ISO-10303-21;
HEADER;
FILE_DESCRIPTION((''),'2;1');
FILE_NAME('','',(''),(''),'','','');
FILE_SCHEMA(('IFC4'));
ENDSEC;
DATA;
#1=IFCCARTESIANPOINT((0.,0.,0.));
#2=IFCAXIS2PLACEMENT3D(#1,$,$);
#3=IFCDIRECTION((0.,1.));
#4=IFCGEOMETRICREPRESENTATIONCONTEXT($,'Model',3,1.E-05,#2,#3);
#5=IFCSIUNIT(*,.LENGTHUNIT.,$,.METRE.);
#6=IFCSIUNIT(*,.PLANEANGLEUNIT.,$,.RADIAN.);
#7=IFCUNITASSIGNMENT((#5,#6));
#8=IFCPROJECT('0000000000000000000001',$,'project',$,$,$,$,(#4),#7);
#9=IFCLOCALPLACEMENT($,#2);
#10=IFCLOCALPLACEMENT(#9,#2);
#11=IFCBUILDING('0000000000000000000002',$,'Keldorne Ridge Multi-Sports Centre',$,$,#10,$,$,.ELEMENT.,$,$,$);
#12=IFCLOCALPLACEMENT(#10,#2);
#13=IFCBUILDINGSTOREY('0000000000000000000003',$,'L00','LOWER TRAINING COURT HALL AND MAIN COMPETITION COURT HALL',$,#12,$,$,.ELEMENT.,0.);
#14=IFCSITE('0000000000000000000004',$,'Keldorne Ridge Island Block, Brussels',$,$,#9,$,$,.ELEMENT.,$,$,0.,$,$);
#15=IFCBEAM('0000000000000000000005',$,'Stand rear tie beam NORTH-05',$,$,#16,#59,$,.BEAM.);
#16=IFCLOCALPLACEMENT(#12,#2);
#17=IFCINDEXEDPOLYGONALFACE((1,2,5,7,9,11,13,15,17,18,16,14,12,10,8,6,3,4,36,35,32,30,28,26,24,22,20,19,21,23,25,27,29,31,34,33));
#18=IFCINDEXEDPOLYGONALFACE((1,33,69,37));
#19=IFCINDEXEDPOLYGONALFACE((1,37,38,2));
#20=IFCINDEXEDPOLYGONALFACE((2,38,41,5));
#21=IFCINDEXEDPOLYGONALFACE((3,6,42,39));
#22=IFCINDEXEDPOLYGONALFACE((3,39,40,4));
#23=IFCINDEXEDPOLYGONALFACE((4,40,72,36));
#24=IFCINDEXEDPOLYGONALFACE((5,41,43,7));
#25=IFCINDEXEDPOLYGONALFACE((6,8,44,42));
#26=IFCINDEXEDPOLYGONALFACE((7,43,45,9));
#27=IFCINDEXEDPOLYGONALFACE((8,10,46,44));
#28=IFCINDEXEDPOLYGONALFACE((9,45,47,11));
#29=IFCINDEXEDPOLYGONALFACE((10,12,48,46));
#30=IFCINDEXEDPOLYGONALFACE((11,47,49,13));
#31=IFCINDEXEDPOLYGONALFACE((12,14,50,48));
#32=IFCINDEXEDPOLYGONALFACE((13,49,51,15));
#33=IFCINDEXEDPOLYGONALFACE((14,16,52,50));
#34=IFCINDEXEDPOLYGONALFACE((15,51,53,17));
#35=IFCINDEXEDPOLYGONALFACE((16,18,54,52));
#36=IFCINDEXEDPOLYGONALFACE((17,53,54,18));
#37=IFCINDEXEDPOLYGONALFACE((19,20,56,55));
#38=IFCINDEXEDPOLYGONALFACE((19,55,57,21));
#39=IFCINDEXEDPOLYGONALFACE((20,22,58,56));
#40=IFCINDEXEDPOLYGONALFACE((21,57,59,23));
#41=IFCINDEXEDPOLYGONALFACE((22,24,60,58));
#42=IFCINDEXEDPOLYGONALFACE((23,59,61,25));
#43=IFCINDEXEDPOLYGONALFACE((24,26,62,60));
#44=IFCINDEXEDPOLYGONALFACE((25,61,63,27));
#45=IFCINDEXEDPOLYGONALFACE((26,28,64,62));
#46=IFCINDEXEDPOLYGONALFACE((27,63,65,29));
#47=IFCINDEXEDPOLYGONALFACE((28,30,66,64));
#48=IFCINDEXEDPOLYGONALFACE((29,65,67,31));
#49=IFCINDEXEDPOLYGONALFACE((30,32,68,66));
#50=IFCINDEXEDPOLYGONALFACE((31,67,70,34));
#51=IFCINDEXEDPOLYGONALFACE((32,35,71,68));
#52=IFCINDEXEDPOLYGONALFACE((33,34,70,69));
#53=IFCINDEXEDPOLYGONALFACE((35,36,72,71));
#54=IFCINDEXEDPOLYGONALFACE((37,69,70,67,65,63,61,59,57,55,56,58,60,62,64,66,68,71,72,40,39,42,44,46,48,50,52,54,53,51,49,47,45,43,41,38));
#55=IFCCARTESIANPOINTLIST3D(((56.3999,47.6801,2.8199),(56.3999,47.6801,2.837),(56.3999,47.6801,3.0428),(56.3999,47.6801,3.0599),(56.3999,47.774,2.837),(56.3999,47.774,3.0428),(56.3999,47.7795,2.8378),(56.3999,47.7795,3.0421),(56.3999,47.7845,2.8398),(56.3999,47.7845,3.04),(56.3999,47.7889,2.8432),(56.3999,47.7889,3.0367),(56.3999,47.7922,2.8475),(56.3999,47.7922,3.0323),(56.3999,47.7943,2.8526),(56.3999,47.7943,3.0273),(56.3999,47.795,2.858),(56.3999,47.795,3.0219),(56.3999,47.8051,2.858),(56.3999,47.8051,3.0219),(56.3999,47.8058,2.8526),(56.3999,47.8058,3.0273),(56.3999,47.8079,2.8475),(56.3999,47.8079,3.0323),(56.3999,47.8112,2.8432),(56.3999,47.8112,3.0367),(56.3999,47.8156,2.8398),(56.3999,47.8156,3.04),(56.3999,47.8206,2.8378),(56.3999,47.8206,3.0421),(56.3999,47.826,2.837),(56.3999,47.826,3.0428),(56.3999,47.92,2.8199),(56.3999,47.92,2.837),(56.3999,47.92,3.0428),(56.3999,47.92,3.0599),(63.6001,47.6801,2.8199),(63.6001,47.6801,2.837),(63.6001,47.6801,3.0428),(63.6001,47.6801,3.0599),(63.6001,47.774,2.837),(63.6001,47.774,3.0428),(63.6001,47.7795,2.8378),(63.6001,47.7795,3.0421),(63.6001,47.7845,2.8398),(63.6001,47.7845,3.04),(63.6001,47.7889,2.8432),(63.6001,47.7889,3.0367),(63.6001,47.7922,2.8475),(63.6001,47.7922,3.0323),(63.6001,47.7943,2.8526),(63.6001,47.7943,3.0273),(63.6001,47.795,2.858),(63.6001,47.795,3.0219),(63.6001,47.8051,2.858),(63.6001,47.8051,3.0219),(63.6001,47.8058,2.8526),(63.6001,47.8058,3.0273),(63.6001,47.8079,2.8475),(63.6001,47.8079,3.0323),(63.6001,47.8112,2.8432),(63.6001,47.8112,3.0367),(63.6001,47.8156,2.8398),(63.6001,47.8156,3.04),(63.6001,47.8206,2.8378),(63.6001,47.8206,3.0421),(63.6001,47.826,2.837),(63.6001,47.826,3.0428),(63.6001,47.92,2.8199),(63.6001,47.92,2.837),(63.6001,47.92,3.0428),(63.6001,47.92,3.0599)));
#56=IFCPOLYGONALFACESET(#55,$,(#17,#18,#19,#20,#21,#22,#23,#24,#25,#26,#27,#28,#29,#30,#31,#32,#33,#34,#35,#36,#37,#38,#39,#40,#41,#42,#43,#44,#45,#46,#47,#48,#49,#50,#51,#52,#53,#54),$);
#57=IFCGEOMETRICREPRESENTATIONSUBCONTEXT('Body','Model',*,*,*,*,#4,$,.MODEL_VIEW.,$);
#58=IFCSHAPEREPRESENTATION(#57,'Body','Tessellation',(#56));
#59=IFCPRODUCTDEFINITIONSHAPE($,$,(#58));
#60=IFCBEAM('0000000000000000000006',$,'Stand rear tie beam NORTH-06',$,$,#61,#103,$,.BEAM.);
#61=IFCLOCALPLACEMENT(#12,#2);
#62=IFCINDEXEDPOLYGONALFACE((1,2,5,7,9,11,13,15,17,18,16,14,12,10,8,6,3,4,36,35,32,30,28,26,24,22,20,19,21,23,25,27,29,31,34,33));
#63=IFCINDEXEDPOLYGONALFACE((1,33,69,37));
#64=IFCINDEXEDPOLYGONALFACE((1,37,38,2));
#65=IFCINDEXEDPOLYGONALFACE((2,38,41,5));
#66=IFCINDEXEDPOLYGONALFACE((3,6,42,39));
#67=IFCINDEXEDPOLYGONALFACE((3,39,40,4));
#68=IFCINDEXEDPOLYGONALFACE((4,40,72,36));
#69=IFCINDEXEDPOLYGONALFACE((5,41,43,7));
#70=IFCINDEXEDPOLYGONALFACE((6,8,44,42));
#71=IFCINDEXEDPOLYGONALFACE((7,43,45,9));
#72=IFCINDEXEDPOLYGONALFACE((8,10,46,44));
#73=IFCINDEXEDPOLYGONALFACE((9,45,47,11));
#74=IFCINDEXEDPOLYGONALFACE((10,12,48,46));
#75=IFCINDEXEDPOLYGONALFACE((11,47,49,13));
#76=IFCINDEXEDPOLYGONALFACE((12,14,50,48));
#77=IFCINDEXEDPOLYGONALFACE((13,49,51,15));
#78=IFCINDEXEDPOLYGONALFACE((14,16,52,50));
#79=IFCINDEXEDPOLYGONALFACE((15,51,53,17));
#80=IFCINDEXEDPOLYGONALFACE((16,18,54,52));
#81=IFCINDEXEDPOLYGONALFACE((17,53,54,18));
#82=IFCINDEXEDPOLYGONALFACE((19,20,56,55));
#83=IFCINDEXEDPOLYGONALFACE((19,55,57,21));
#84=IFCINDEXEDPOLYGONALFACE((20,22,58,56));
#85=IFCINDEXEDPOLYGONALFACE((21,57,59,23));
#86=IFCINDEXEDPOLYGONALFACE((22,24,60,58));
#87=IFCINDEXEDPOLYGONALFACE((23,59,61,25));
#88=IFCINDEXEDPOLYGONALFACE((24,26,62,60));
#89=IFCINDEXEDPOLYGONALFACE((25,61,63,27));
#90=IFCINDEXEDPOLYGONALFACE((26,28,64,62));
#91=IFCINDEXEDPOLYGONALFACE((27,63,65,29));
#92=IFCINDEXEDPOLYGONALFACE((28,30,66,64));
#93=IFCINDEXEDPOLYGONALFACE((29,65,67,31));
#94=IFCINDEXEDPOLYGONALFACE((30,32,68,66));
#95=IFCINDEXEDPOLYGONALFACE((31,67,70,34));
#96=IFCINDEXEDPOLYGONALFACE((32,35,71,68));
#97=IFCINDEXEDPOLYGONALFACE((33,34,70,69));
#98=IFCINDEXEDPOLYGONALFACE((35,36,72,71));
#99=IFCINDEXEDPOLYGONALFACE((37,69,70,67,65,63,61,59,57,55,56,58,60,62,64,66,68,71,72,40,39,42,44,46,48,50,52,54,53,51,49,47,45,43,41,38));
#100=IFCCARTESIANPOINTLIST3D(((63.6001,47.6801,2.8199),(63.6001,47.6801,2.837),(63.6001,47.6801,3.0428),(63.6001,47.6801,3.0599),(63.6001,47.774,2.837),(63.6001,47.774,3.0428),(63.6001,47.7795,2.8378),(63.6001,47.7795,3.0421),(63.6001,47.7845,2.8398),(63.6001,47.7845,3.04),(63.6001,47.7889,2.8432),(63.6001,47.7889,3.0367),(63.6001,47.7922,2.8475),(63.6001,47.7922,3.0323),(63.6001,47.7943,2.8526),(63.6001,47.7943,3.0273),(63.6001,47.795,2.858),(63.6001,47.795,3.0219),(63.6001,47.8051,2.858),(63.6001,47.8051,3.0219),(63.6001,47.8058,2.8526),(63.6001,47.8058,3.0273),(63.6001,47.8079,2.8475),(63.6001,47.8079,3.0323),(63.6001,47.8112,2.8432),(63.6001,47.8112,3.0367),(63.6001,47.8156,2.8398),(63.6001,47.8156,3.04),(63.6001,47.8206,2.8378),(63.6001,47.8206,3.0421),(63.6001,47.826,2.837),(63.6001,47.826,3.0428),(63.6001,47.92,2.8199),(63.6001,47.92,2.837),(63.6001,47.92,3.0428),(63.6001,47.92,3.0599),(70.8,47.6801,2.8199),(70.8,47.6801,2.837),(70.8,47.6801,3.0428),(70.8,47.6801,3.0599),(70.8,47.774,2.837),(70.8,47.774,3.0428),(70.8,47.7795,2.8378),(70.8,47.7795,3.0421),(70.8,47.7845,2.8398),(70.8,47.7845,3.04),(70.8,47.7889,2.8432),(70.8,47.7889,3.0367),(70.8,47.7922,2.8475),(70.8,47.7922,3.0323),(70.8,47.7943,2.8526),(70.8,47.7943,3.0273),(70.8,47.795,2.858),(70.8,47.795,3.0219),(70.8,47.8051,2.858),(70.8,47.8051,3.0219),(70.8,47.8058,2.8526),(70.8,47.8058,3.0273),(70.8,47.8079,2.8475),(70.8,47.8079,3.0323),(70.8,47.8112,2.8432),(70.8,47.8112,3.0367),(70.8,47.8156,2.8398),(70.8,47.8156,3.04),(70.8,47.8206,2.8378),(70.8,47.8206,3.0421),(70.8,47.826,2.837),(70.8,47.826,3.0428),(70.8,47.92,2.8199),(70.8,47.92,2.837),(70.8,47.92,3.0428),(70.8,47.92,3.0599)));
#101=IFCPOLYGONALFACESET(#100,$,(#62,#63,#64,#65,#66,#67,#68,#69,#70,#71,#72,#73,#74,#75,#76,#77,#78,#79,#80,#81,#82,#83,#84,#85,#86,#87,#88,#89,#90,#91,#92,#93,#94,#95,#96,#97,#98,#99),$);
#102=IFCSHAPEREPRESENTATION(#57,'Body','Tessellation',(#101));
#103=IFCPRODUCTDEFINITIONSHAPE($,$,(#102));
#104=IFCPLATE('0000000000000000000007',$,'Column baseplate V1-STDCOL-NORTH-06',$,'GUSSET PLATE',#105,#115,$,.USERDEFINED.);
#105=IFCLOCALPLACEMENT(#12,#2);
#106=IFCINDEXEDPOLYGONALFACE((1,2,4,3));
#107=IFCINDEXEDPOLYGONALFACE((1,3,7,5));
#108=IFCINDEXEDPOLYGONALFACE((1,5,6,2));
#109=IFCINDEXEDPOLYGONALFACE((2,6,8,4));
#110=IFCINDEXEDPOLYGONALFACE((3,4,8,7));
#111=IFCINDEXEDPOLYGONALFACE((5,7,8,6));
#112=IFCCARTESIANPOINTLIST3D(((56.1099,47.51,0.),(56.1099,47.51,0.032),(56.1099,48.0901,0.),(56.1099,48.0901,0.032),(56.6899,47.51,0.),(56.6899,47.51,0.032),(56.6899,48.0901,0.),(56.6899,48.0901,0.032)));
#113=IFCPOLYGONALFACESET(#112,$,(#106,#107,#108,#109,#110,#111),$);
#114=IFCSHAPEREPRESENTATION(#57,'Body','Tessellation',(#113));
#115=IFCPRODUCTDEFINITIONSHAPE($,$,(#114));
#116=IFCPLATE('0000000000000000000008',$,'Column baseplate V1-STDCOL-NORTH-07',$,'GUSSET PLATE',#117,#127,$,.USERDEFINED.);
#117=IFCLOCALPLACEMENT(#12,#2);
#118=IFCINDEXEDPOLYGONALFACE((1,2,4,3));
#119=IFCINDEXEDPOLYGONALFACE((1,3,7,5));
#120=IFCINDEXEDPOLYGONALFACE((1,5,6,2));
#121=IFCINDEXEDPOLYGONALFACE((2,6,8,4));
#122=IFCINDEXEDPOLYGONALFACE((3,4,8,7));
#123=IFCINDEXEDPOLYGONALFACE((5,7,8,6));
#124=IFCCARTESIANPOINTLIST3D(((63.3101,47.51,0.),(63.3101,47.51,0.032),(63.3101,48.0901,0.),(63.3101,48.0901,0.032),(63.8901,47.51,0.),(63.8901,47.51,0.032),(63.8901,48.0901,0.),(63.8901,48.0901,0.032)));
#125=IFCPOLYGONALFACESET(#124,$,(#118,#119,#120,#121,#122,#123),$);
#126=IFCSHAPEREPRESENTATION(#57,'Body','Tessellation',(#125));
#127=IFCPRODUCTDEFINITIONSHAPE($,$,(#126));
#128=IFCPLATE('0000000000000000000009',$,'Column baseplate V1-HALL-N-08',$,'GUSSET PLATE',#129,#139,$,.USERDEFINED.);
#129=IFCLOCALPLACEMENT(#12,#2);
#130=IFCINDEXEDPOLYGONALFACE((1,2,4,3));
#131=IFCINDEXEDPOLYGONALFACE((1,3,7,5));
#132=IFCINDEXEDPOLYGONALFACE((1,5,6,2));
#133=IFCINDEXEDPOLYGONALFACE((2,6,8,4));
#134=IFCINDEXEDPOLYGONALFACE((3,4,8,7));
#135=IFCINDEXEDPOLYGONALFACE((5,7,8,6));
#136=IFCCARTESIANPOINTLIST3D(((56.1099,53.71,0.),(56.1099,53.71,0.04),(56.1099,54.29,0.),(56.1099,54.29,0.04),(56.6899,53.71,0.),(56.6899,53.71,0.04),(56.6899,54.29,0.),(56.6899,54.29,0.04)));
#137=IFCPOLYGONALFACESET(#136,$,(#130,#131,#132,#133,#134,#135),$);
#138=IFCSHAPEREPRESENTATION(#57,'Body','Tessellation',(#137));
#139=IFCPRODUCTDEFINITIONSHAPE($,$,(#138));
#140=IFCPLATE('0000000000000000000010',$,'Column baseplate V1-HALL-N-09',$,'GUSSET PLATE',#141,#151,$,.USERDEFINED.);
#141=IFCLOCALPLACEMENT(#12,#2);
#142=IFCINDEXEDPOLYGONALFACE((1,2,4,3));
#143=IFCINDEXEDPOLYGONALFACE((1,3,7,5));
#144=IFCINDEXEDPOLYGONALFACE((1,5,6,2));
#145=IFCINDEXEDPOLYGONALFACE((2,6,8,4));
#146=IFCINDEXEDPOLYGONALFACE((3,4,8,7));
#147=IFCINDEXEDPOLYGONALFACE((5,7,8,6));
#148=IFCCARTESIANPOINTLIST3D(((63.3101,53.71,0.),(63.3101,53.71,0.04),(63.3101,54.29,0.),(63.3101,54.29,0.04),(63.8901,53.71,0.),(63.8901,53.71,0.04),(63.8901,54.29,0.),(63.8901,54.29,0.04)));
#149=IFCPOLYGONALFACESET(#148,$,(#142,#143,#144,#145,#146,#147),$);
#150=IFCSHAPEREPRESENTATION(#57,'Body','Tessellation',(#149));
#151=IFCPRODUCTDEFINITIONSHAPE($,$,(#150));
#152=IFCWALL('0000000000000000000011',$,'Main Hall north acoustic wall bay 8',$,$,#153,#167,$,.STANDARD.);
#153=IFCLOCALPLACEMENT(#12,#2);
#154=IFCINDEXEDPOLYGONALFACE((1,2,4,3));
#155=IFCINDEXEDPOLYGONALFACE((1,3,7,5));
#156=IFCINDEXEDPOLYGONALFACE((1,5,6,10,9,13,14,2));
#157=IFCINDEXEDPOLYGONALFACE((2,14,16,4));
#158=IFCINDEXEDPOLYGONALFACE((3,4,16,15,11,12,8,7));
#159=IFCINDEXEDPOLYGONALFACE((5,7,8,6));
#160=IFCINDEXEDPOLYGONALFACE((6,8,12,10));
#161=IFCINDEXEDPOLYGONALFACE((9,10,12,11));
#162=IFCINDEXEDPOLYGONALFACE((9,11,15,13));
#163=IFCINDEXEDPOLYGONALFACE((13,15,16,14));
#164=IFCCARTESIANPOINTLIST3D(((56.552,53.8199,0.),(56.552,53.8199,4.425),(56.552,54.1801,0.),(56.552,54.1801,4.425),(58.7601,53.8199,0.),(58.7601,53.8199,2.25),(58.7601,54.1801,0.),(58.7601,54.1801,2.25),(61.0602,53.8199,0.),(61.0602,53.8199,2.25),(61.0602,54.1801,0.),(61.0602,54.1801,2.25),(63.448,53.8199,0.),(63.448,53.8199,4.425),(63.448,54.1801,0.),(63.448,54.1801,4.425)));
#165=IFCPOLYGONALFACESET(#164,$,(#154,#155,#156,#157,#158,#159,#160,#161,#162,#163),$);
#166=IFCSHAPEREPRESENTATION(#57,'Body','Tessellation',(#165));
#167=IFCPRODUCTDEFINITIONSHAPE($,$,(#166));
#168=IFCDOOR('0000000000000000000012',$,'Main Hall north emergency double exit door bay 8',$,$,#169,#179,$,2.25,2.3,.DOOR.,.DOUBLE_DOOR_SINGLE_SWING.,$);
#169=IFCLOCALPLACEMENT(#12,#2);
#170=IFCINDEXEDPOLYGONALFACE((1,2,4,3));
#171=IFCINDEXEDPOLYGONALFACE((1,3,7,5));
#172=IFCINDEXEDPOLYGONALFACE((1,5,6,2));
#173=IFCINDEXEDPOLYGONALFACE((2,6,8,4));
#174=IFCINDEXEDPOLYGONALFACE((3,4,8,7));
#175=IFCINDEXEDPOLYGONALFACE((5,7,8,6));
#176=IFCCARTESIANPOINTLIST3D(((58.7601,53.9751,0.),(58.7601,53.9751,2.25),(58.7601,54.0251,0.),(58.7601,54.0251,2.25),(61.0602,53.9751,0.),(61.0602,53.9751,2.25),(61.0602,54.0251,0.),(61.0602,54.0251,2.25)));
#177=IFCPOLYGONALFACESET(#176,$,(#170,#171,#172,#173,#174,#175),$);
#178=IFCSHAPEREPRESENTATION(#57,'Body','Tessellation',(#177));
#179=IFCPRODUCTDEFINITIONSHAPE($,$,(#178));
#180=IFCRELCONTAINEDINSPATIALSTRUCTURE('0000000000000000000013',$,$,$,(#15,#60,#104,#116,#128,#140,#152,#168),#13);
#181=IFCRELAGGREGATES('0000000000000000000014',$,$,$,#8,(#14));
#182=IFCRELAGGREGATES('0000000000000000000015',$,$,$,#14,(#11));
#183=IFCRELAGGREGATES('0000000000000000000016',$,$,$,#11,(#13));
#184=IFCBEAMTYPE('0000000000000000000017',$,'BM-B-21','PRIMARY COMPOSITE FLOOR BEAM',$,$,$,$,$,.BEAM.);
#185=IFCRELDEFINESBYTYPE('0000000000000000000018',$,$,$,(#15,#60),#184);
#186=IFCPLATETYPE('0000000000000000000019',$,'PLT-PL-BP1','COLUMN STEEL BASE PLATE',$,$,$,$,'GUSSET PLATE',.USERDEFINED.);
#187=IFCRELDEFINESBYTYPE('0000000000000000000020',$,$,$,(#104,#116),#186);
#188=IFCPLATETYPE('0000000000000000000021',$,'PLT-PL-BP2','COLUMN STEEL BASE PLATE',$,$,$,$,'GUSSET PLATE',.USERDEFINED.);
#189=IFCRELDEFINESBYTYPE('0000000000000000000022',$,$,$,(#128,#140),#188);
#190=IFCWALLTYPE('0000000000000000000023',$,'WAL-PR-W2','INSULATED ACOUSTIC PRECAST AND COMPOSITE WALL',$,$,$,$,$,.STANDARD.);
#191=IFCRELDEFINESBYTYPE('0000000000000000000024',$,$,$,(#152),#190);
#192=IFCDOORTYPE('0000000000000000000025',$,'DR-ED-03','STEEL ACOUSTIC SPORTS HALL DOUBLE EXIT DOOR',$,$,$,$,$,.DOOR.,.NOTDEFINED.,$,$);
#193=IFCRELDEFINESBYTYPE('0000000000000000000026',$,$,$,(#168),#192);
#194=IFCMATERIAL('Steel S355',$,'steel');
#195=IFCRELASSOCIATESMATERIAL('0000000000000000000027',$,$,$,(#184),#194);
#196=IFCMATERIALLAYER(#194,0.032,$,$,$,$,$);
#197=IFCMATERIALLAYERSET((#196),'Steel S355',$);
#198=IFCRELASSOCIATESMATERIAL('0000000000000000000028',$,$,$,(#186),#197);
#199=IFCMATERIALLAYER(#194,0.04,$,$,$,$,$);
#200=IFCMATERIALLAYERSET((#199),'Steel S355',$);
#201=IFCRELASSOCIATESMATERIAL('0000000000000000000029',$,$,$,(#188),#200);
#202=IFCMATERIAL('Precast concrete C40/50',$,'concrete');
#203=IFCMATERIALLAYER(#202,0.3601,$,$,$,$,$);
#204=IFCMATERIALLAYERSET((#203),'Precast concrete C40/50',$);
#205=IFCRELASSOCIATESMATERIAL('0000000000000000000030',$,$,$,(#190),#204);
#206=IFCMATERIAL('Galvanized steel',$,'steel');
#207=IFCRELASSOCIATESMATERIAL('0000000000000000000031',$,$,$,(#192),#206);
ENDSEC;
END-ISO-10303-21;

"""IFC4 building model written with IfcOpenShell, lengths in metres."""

from ifc_helpers import new_model, si_unit, direction, frame, frame_2d, origin, origin_2d, place, context, subcontext, project, spatial, rectangle, i_section, extrude, material, layer, layer_set, material_profile, profile_set, type_object, element, fill, save


model = new_model("IFC4")

# Units and contexts
model_context = context("Model", 3, precision=1e-05, world=origin(), true_north=direction((0.0, 1.0)))
body_context = subcontext(model_context, "Body", "Model", "MODEL_VIEW")
ifc_project = project(units=[si_unit("LENGTHUNIT", "METRE"), si_unit("PLANEANGLEUNIT", "RADIAN")], contexts=[model_context])

# Site, building, storey
site_placement = place(None, origin())
site = spatial("IfcSite", under=ifc_project, at=site_placement, Name="Keldorne Ridge Island Block, Brussels", CompositionType="ELEMENT", RefElevation=0.0)
building_placement = place(site_placement, origin())
building = spatial("IfcBuilding", under=site, at=building_placement, Name="Keldorne Ridge Multi-Sports Centre", CompositionType="ELEMENT")
storey_placement = place(building_placement, origin())
storey = spatial("IfcBuildingStorey", under=building, at=storey_placement, Name="L00", Description="LOWER TRAINING COURT HALL AND MAIN COMPETITION COURT HALL", CompositionType="ELEMENT", Elevation=0.0)

# Shared definitions
ifc_material_1 = material(Name="Steel S355", Category="steel")

# Beams
ifc_material_profile_1 = material_profile(ifc_material_1, i_section(OverallWidth=0.24, OverallDepth=0.24, WebThickness=0.01, FlangeThickness=0.0171, FilletRadius=0.021, at=origin_2d()), Name="HEB 240")
ifc_profile_set_1 = profile_set([ifc_material_profile_1], Name="Steel S355")
beam_type = type_object("IfcBeamType", Name="BM-B-21", Description="PRIMARY COMPOSITE FLOOR BEAM", PredefinedType="BEAM", material=ifc_profile_set_1)
beam_1_placement = place(storey_placement, frame((56.3999, 47.8, 2.9399), z_axis=(1.0, 0.0, 0.0), x_axis=(0.0, 1.0, 0.0)))
element("IfcBeam", 1, at=beam_1_placement, inside=storey, type_object=beam_type, Name="Stand rear tie beam NORTH-05", PredefinedType="BEAM", context=body_context, shape_type="SweptSolid", body=[
    extrude(i_section(OverallWidth=0.24, OverallDepth=0.24, WebThickness=0.01, FlangeThickness=0.0171, FilletRadius=0.021, at=origin_2d()), origin(), (0.0, 0.0, 1.0), 7.2002),
])
beam_2_placement = place(storey_placement, frame((63.6001, 47.8, 2.9399), z_axis=(1.0, 0.0, 0.0), x_axis=(0.0, 1.0, 0.0)))
element("IfcBeam", 2, at=beam_2_placement, inside=storey, type_object=beam_type, Name="Stand rear tie beam NORTH-06", PredefinedType="BEAM", context=body_context, shape_type="SweptSolid", body=[
    extrude(i_section(OverallWidth=0.24, OverallDepth=0.24, WebThickness=0.01, FlangeThickness=0.0171, FilletRadius=0.021, at=origin_2d()), origin(), (0.0, 0.0, 1.0), 7.2),
])

# Plates
ifc_layer_1 = layer(ifc_material_1, 0.032)
ifc_layer_set_1 = layer_set([ifc_layer_1], Name="Steel S355")
plate_type_1 = type_object("IfcPlateType", Name="PLT-PL-BP1", Description="COLUMN STEEL BASE PLATE", ElementType="GUSSET PLATE", PredefinedType="USERDEFINED", material=ifc_layer_set_1)
for number, where, z_axis, x_axis, name in (
    (3, (56.3999, 47.8, 0.0), (0.0, 0.0, 1.0), (1.0, 0.0, 0.0), "Column baseplate V1-STDCOL-NORTH-06"),
    (4, (63.6001, 47.8, 0.0), (0.0, 0.0, 1.0), (1.0, 0.0, 0.0), "Column baseplate V1-STDCOL-NORTH-07"),
):
    element("IfcPlate", number, at=place(storey_placement, frame(where, z_axis=z_axis, x_axis=x_axis)), inside=storey, type_object=plate_type_1, Name=name, ObjectType="GUSSET PLATE", PredefinedType="USERDEFINED", context=body_context, shape_type="SweptSolid", body=[
        extrude(rectangle(XDim=0.5801, YDim=0.5801, at=origin_2d()), origin(), (0.0, 0.0, 1.0), 0.032),
    ])
ifc_layer_2 = layer(ifc_material_1, 0.04)
ifc_layer_set_2 = layer_set([ifc_layer_2], Name="Steel S355")
plate_type_2 = type_object("IfcPlateType", Name="PLT-PL-BP2", Description="COLUMN STEEL BASE PLATE", ElementType="GUSSET PLATE", PredefinedType="USERDEFINED", material=ifc_layer_set_2)
for number, where, z_axis, x_axis, name in (
    (5, (56.3999, 54.0, 0.0), (0.0, 0.0, 1.0), (1.0, 0.0, 0.0), "Column baseplate V1-HALL-N-08"),
    (6, (63.6001, 54.0, 0.0), (0.0, 0.0, 1.0), (1.0, 0.0, 0.0), "Column baseplate V1-HALL-N-09"),
):
    element("IfcPlate", number, at=place(storey_placement, frame(where, z_axis=z_axis, x_axis=x_axis)), inside=storey, type_object=plate_type_2, Name=name, ObjectType="GUSSET PLATE", PredefinedType="USERDEFINED", context=body_context, shape_type="SweptSolid", body=[
        extrude(rectangle(XDim=0.5801, YDim=0.5801, at=origin_2d()), origin(), (0.0, 0.0, 1.0), 0.04),
    ])

# Wall, opening, door
ifc_material_2 = material(Name="Precast concrete C40/50", Category="concrete")
ifc_layer_3 = layer(ifc_material_2, 0.3601)
ifc_layer_set_3 = layer_set([ifc_layer_3], Name="Precast concrete C40/50")
wall_type = type_object("IfcWallType", Name="WAL-PR-W2", Description="INSULATED ACOUSTIC PRECAST AND COMPOSITE WALL", PredefinedType="STANDARD", material=ifc_layer_set_3)
wall_placement = place(storey_placement, frame((63.448, 54.0, 0.0), z_axis=(0.0, 0.0, 1.0), x_axis=(-1.0, 0.0, 0.0)))
wall = element("IfcWall", 7, at=wall_placement, inside=storey, type_object=wall_type, Name="Main Hall north acoustic wall bay 8", PredefinedType="STANDARD", context=body_context, shape_type="SweptSolid", body=[
    extrude(rectangle(XDim=6.896, YDim=0.3601, at=frame_2d((3.448, 0.0))), origin(), (0.0, 0.0, 1.0), 4.425),
])
opening_placement = place(wall_placement, frame((2.3879, 0.0, 0.0)))
opening = element("IfcOpeningElement", 8, at=opening_placement, cuts=wall, PredefinedType="OPENING", context=body_context, shape_type="SweptSolid", body=[
    extrude(rectangle(XDim=2.3, YDim=2.25, at=frame_2d((1.1499, 1.125))), frame((0.0, 0.1899, 0.0), z_axis=(0.0, -1.0, 0.0), x_axis=(1.0, 0.0, 0.0)), (0.0, 0.0, 1.0), 0.3801),
])
ifc_material_3 = material(Name="Galvanized steel", Category="steel")
door_type = type_object("IfcDoorType", Name="DR-ED-03", Description="STEEL ACOUSTIC SPORTS HALL DOUBLE EXIT DOOR", OperationType="NOTDEFINED", PredefinedType="DOOR", material=ifc_material_3)
door_placement = place(opening_placement, origin())
door = element("IfcDoor", 9, at=door_placement, inside=storey, type_object=door_type, Name="Main Hall north emergency double exit door bay 8", OperationType="DOUBLE_DOOR_SINGLE_SWING", OverallHeight=2.25, OverallWidth=2.3, PredefinedType="DOOR", context=body_context, shape_type="SweptSolid", body=[
    extrude(rectangle(XDim=2.3, YDim=2.25, at=frame_2d((1.1499, 1.125))), frame((0.0, 0.0249, 0.0), z_axis=(0.0, -1.0, 0.0), x_axis=(1.0, 0.0, 0.0)), (0.0, 0.0, 1.0), 0.05),
])
fill(opening, door)

save(model, "model.ifc")
